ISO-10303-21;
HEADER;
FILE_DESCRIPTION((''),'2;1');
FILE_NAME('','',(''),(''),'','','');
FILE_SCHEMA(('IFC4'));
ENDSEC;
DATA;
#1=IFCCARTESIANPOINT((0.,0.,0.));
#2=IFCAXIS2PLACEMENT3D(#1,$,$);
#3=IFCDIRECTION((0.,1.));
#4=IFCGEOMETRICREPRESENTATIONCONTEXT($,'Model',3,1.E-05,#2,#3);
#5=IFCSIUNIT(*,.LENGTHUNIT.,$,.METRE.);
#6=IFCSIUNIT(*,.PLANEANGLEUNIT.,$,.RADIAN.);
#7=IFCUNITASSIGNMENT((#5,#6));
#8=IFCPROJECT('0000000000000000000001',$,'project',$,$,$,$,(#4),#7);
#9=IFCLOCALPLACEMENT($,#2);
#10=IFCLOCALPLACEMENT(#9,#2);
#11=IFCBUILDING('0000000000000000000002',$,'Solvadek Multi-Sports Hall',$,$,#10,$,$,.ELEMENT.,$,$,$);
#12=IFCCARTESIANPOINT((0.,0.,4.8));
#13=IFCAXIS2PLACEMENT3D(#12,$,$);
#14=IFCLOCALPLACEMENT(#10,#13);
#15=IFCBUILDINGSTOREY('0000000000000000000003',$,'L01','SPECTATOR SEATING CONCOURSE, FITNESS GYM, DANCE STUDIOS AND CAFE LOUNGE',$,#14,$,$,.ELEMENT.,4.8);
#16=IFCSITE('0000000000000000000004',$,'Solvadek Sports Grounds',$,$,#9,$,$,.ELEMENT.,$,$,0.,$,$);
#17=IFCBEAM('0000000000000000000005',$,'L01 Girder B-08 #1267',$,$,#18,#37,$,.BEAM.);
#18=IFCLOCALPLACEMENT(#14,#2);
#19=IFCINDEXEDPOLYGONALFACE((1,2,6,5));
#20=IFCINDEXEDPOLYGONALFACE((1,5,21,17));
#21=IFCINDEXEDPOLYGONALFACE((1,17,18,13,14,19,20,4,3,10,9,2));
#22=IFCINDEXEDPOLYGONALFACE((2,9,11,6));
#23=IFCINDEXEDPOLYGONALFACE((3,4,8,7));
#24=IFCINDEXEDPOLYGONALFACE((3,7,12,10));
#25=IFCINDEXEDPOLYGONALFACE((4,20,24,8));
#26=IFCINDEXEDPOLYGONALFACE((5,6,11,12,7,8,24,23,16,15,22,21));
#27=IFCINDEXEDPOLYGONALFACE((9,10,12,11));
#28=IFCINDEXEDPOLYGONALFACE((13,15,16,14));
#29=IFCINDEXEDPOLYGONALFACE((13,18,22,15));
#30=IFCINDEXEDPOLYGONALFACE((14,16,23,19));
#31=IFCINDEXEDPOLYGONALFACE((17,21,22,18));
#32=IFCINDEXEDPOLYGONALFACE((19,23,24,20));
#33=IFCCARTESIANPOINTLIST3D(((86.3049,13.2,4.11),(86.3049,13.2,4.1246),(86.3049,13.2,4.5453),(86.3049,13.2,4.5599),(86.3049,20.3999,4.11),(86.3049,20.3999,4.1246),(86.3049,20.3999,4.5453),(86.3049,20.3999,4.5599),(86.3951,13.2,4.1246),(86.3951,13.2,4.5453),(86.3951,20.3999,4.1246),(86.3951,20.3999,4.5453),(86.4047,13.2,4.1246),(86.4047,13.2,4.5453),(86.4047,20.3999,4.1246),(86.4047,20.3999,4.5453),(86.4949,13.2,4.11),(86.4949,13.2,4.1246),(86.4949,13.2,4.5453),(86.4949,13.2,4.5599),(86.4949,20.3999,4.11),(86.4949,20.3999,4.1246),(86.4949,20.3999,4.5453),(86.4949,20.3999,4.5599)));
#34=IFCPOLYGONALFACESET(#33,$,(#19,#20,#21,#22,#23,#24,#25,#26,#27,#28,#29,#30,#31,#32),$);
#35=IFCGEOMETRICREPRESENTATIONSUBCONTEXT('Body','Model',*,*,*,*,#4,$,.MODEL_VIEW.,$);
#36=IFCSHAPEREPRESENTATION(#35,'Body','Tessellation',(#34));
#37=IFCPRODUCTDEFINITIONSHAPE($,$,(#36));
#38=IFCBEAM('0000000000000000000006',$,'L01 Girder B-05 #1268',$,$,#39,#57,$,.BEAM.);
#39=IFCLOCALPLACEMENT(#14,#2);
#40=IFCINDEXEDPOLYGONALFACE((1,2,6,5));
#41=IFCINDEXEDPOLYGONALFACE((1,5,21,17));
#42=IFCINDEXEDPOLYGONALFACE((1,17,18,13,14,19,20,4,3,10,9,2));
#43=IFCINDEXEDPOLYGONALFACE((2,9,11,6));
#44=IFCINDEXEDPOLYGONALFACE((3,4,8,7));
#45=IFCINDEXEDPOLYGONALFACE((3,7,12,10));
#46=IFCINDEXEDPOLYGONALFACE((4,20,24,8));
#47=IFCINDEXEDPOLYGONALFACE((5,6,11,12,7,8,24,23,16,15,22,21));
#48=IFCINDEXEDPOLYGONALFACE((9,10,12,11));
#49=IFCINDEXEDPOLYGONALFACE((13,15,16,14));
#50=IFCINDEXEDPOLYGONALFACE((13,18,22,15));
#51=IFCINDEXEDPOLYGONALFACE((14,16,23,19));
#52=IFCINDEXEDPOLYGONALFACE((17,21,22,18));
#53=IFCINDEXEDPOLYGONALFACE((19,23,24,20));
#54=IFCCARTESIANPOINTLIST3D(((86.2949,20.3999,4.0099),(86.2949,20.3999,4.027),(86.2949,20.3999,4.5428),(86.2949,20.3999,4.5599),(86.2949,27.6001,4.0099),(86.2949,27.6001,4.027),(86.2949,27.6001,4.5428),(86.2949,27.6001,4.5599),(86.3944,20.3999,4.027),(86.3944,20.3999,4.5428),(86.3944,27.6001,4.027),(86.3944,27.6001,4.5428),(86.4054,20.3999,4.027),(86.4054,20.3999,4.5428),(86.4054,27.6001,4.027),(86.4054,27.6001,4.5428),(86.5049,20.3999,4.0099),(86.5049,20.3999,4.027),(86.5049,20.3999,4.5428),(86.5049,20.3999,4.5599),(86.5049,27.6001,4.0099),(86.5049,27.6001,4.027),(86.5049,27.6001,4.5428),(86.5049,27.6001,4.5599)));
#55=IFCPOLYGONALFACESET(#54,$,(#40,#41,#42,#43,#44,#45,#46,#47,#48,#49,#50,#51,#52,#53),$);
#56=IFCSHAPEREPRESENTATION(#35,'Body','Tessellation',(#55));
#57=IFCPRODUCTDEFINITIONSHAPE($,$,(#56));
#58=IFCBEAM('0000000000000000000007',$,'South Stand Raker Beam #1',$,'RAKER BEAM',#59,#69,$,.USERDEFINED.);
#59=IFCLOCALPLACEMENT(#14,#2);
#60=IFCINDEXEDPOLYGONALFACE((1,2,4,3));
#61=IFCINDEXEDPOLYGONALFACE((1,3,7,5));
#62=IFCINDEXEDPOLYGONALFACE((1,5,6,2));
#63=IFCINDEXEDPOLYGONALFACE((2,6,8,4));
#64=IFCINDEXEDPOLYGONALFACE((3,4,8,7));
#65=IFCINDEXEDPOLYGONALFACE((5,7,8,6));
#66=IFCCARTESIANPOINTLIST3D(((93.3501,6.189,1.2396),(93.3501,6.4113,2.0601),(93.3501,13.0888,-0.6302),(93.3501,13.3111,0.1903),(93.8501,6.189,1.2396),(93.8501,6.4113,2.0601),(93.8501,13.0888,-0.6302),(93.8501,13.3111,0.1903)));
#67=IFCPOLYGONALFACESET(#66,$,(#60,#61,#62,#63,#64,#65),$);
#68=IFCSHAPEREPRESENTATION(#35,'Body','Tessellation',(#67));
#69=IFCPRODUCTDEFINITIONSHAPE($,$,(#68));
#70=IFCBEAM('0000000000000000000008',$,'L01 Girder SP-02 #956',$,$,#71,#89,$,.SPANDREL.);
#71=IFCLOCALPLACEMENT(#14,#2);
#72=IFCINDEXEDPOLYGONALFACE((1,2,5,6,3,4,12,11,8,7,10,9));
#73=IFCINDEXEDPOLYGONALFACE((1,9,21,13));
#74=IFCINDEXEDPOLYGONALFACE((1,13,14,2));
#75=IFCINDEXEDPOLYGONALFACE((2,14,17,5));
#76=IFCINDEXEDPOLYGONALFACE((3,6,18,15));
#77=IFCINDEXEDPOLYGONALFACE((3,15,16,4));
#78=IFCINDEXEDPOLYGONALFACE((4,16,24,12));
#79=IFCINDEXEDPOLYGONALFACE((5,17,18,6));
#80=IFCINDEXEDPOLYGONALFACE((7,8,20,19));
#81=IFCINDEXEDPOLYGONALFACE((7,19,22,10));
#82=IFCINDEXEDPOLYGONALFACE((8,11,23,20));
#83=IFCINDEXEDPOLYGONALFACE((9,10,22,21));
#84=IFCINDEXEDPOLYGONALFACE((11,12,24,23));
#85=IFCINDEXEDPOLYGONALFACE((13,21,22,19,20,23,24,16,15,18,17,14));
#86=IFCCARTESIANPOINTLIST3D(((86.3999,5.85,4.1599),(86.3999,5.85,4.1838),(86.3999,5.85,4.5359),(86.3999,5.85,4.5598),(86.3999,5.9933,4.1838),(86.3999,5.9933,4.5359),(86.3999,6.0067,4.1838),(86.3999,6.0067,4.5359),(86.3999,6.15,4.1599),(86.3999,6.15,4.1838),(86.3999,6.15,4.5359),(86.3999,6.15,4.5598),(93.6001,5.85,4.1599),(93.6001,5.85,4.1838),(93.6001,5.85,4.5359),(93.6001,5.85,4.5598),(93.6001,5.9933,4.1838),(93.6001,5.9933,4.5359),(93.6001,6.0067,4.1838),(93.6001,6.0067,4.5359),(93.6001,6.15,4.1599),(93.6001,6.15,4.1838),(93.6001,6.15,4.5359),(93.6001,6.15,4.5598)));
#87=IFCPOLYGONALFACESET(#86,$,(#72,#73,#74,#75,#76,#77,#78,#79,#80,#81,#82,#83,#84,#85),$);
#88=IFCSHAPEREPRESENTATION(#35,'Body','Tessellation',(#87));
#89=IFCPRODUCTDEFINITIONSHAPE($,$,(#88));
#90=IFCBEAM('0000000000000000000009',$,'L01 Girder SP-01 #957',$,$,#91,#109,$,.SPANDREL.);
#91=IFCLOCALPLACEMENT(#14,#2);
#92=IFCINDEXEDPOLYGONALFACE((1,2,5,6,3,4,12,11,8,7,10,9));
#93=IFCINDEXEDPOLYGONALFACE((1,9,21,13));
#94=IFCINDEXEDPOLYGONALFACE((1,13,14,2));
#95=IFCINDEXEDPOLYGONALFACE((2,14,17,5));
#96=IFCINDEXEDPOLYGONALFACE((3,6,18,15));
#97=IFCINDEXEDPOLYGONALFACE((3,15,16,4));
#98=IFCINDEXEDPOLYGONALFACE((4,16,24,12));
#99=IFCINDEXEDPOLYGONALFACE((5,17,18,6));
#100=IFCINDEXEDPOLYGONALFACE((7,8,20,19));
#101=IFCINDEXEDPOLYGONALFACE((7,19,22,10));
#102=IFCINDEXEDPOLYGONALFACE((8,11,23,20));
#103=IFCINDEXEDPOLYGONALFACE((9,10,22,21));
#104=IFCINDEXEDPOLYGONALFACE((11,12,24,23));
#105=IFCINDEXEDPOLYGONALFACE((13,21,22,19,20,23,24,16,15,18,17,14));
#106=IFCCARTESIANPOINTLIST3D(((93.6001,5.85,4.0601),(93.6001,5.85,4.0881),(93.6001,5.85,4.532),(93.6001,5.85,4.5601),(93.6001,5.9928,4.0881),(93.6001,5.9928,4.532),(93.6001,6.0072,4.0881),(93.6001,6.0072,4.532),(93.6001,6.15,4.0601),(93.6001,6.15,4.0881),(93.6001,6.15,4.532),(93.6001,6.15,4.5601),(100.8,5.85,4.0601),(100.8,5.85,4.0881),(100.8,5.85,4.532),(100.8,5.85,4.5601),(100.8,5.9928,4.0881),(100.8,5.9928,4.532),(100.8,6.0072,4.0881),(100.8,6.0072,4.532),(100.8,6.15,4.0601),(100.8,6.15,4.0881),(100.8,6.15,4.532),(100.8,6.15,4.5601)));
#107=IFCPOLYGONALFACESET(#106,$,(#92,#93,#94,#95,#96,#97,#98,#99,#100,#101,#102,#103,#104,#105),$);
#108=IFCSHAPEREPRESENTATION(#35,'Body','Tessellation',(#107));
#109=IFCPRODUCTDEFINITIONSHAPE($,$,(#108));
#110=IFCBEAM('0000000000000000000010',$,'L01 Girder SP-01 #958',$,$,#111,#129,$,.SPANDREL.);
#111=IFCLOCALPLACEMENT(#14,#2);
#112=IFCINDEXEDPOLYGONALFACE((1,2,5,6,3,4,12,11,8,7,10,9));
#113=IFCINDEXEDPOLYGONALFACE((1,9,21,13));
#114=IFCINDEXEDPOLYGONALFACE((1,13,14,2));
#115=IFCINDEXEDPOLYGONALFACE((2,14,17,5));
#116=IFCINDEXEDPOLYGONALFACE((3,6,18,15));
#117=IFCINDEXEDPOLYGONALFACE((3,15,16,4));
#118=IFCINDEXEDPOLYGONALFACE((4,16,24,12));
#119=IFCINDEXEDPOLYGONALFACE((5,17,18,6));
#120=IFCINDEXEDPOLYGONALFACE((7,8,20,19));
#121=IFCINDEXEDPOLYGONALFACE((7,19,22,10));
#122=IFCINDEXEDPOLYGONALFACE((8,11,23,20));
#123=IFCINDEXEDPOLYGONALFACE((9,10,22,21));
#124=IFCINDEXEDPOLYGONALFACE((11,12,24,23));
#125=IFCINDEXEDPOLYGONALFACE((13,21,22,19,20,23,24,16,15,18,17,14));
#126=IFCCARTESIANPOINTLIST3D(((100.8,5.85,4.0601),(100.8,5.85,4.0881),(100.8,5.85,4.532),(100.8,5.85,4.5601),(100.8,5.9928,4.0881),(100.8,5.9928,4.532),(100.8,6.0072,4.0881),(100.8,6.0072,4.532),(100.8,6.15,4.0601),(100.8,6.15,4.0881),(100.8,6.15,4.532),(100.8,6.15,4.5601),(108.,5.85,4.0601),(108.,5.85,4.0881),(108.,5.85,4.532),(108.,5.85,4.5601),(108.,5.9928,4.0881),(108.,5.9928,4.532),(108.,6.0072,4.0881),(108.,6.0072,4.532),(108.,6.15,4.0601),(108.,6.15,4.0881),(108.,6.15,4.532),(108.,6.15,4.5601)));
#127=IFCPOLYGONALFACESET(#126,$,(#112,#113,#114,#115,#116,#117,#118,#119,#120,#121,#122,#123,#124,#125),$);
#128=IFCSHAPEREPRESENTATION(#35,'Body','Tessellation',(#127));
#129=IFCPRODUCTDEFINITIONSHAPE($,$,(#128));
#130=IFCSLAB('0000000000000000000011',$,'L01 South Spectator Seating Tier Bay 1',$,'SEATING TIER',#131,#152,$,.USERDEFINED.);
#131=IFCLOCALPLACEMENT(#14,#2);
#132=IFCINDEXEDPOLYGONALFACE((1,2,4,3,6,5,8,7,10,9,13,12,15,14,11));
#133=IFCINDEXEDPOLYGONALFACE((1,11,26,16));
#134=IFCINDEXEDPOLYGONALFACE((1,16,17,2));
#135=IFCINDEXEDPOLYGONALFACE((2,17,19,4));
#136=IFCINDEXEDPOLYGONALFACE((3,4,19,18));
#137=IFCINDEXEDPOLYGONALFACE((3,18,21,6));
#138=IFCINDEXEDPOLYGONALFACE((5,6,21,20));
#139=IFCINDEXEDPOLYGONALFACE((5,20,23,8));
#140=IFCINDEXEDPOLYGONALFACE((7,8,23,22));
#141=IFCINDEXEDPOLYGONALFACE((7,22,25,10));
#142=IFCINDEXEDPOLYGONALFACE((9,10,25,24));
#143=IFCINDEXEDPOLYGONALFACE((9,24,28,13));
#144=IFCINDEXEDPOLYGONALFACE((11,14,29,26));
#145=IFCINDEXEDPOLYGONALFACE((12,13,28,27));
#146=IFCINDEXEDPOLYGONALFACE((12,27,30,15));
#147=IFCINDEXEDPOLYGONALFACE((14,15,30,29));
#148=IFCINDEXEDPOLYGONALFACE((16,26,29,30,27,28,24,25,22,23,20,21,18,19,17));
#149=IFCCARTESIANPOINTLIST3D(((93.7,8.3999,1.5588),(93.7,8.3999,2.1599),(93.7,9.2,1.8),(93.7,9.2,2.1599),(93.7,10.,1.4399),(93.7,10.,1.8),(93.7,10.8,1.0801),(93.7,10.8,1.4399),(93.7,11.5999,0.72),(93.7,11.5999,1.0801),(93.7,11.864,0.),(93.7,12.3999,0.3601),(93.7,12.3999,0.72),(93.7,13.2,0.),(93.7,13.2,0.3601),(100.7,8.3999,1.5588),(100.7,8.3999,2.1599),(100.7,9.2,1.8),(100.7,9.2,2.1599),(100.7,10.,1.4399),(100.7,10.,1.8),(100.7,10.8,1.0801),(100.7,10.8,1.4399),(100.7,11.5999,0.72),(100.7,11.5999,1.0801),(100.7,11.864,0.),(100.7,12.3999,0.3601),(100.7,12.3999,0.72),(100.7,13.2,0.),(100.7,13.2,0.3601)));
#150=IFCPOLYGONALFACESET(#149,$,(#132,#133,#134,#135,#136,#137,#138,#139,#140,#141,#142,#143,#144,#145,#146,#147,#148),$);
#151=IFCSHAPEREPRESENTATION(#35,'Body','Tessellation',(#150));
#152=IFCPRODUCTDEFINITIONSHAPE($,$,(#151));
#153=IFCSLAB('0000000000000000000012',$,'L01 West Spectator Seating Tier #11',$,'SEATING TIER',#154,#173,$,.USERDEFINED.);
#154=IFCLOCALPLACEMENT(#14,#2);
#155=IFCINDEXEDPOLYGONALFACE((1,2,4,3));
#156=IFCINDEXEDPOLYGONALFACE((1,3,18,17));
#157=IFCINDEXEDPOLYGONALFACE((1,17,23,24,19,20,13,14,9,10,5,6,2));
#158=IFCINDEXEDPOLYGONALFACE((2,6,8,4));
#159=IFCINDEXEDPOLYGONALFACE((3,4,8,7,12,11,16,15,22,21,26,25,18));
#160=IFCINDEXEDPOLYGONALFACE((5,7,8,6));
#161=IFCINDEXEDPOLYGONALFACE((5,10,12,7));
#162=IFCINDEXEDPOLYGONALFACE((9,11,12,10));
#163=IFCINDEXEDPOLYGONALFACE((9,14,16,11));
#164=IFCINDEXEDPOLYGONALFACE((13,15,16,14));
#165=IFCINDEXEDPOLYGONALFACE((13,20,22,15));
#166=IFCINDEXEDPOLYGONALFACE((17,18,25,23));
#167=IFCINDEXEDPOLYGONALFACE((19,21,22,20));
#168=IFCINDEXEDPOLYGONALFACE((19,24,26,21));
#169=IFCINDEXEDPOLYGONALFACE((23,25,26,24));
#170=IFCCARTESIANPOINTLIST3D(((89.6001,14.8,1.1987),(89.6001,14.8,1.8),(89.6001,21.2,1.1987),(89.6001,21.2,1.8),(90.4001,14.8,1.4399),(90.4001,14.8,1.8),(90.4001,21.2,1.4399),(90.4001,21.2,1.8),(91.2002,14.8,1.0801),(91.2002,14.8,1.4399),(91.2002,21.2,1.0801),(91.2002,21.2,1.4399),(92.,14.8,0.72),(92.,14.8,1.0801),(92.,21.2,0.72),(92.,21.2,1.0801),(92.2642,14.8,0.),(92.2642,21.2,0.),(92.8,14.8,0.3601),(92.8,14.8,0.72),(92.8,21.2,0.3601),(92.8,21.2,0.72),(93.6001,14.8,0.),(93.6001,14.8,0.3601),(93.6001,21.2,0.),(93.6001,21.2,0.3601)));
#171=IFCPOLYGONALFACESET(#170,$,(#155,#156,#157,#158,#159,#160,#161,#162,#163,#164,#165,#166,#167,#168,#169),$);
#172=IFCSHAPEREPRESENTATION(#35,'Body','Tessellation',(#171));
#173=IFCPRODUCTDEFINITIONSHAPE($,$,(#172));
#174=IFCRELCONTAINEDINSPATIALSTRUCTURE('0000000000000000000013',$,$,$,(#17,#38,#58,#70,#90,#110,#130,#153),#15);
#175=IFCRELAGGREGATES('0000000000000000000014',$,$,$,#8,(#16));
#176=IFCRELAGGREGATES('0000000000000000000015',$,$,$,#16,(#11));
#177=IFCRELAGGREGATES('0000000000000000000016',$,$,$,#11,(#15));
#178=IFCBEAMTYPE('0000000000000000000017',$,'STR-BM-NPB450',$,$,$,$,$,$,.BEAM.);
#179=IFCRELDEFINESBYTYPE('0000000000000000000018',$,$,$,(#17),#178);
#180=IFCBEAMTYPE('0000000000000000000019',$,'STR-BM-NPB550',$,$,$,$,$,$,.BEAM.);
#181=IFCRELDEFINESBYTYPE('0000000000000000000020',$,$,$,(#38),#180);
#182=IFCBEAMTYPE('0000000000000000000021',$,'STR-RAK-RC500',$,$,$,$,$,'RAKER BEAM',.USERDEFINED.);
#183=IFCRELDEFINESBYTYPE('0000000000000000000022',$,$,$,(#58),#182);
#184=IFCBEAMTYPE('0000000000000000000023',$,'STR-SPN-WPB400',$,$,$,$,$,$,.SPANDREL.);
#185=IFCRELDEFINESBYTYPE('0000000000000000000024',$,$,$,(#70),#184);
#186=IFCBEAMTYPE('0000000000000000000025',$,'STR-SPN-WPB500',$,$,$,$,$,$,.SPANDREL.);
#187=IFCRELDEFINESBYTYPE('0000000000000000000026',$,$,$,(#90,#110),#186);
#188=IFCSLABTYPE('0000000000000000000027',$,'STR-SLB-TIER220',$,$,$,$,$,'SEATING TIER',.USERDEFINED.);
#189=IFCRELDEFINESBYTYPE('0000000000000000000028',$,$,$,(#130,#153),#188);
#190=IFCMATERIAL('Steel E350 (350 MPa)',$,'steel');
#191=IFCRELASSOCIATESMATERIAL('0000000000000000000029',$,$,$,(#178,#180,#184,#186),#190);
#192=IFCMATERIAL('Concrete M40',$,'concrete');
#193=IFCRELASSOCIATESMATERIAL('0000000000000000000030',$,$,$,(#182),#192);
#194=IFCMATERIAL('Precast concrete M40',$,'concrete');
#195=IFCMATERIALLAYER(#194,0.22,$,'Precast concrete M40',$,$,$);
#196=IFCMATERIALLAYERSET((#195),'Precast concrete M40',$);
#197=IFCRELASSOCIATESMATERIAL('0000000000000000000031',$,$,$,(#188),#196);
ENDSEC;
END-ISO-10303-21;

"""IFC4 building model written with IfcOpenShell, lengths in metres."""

from ifc_helpers import new_model, si_unit, direction, frame, origin, origin_2d, place, context, subcontext, project, spatial, polyline, rectangle, i_section, outline, extrude, material, layer, layer_set, material_profile, profile_set, type_object, element, save


model = new_model("IFC4")

# Units and contexts
model_context = context("Model", 3, precision=1e-05, world=origin(), true_north=direction((0.0, 1.0)))
body_context = subcontext(model_context, "Body", "Model", "MODEL_VIEW")
ifc_project = project(units=[si_unit("LENGTHUNIT", "METRE"), si_unit("PLANEANGLEUNIT", "RADIAN")], contexts=[model_context])

# Site, building, storey
site_placement = place(None, origin())
site = spatial("IfcSite", under=ifc_project, at=site_placement, Name="Solvadek Sports Grounds", CompositionType="ELEMENT", RefElevation=0.0)
building_placement = place(site_placement, origin())
building = spatial("IfcBuilding", under=site, at=building_placement, Name="Solvadek Multi-Sports Hall", CompositionType="ELEMENT")
storey_placement = place(building_placement, frame((0.0, 0.0, 4.8)))
storey = spatial("IfcBuildingStorey", under=building, at=storey_placement, Name="L01", Description="SPECTATOR SEATING CONCOURSE, FITNESS GYM, DANCE STUDIOS AND CAFE LOUNGE", CompositionType="ELEMENT", Elevation=4.8)

# Shared definitions
ifc_material_1 = material(Name="Steel E350 (350 MPa)", Category="steel")

# Beams
ifc_material_profile_1 = material_profile(ifc_material_1, i_section(OverallWidth=0.1899, OverallDepth=0.45, WebThickness=0.0095, FlangeThickness=0.0146, at=origin_2d()), Name="NPB 450")
ifc_profile_set_1 = profile_set([ifc_material_profile_1], Name="Steel E350 (350 MPa)")
beam_type_1 = type_object("IfcBeamType", Name="STR-BM-NPB450", PredefinedType="BEAM", material=ifc_profile_set_1)
for number, where, z_axis, x_axis, name in (
    (1, (86.3999, 13.2, 4.335), (0.0, 1.0, 0.0), (-1.0, 0.0, 0.0), "L01 Girder B-08 #1267"),
):
    element("IfcBeam", number, at=place(storey_placement, frame(where, z_axis=z_axis, x_axis=x_axis)), inside=storey, type_object=beam_type_1, Name=name, PredefinedType="BEAM", context=body_context, shape_type="SweptSolid", body=[
        extrude(i_section(OverallWidth=0.1899, OverallDepth=0.45, WebThickness=0.0095, FlangeThickness=0.0146, at=origin_2d()), origin(), (0.0, 0.0, 1.0), 7.2),
    ])
ifc_material_profile_2 = material_profile(ifc_material_1, i_section(OverallWidth=0.21, OverallDepth=0.55, WebThickness=0.011, FlangeThickness=0.0171, at=origin_2d()), Name="NPB 550")
ifc_profile_set_2 = profile_set([ifc_material_profile_2], Name="Steel E350 (350 MPa)")
beam_type_2 = type_object("IfcBeamType", Name="STR-BM-NPB550", PredefinedType="BEAM", material=ifc_profile_set_2)
beam_1_placement = place(storey_placement, frame((86.3999, 20.3999, 4.2849), z_axis=(0.0, 1.0, 0.0), x_axis=(-1.0, 0.0, 0.0)))
element("IfcBeam", 2, at=beam_1_placement, inside=storey, type_object=beam_type_2, Name="L01 Girder B-05 #1268", PredefinedType="BEAM", context=body_context, shape_type="SweptSolid", body=[
    extrude(i_section(OverallWidth=0.21, OverallDepth=0.55, WebThickness=0.011, FlangeThickness=0.0171, at=origin_2d()), origin(), (0.0, 0.0, 1.0), 7.2002),
])
ifc_material_2 = material(Name="Concrete M40", Category="concrete")
ifc_material_profile_3 = material_profile(ifc_material_2, rectangle(XDim=0.5, YDim=0.8501, at=origin_2d()), Name="RC RAKER 500x850")
ifc_profile_set_3 = profile_set([ifc_material_profile_3], Name="Concrete M40")
beam_type_3 = type_object("IfcBeamType", Name="STR-RAK-RC500", ElementType="RAKER BEAM", PredefinedType="USERDEFINED", material=ifc_profile_set_3)
beam_2_placement = place(storey_placement, frame((93.6001, 13.2, -0.22), z_axis=(0.0, -0.965186, 0.261565), x_axis=(1.0, 0.0, 0.0)))
element("IfcBeam", 3, at=beam_2_placement, inside=storey, type_object=beam_type_3, Name="South Stand Raker Beam #1", ObjectType="RAKER BEAM", PredefinedType="USERDEFINED", context=body_context, shape_type="SweptSolid", body=[
    extrude(rectangle(XDim=0.5, YDim=0.8501, at=origin_2d()), origin(), (0.0, 0.0, 1.0), 7.1487),
])
ifc_material_profile_4 = material_profile(ifc_material_1, i_section(OverallWidth=0.3, OverallDepth=0.3999, WebThickness=0.0134, FlangeThickness=0.0239, at=origin_2d()), Name="WPB 400")
ifc_profile_set_4 = profile_set([ifc_material_profile_4], Name="Steel E350 (350 MPa)")
beam_type_4 = type_object("IfcBeamType", Name="STR-SPN-WPB400", PredefinedType="SPANDREL", material=ifc_profile_set_4)
beam_3_placement = place(storey_placement, frame((86.3999, 6.0, 4.3599), z_axis=(1.0, 0.0, 0.0), x_axis=(0.0, 1.0, 0.0)))
element("IfcBeam", 4, at=beam_3_placement, inside=storey, type_object=beam_type_4, Name="L01 Girder SP-02 #956", PredefinedType="SPANDREL", context=body_context, shape_type="SweptSolid", body=[
    extrude(i_section(OverallWidth=0.3, OverallDepth=0.3999, WebThickness=0.0134, FlangeThickness=0.0239, at=origin_2d()), origin(), (0.0, 0.0, 1.0), 7.2002),
])
ifc_material_profile_5 = material_profile(ifc_material_1, i_section(OverallWidth=0.3, OverallDepth=0.5, WebThickness=0.0144, FlangeThickness=0.0281, at=origin_2d()), Name="WPB 500")
ifc_profile_set_5 = profile_set([ifc_material_profile_5], Name="Steel E350 (350 MPa)")
beam_type_5 = type_object("IfcBeamType", Name="STR-SPN-WPB500", PredefinedType="SPANDREL", material=ifc_profile_set_5)
for number, where, z_axis, x_axis, name in (
    (5, (93.6001, 6.0, 4.3101), (1.0, 0.0, 0.0), (0.0, 1.0, 0.0), "L01 Girder SP-01 #957"),
    (6, (100.8, 6.0, 4.3101), (1.0, 0.0, 0.0), (0.0, 1.0, 0.0), "L01 Girder SP-01 #958"),
):
    element("IfcBeam", number, at=place(storey_placement, frame(where, z_axis=z_axis, x_axis=x_axis)), inside=storey, type_object=beam_type_5, Name=name, PredefinedType="SPANDREL", context=body_context, shape_type="SweptSolid", body=[
        extrude(i_section(OverallWidth=0.3, OverallDepth=0.5, WebThickness=0.0144, FlangeThickness=0.0281, at=origin_2d()), origin(), (0.0, 0.0, 1.0), 7.2),
    ])

# Slabs
ifc_material_3 = material(Name="Precast concrete M40", Category="concrete")
ifc_layer_1 = layer(ifc_material_3, 0.22, Name="Precast concrete M40")
ifc_layer_set_1 = layer_set([ifc_layer_1], Name="Precast concrete M40")
slab_type = type_object("IfcSlabType", Name="STR-SLB-TIER220", ElementType="SEATING TIER", PredefinedType="USERDEFINED", material=ifc_layer_set_1)
slab_1_placement = place(storey_placement, frame((97.2, 13.2, 0.0), z_axis=(0.0, 0.0, 1.0), x_axis=(0.0, -1.0, 0.0)))
element("IfcSlab", 7, at=slab_1_placement, inside=storey, type_object=slab_type, Name="L01 South Spectator Seating Tier Bay 1", ObjectType="SEATING TIER", PredefinedType="USERDEFINED", context=body_context, shape_type="SweptSolid", body=[
    extrude(outline(polyline([(0.0, 0.0), (0.0, 0.3601), (0.8, 0.3601), (0.8, 0.72), (1.6001, 0.72), (1.6001, 1.0801), (2.3999, 1.0801), (2.3999, 1.4399), (3.2, 1.4399), (3.2, 1.8), (4.0, 1.8), (4.0, 2.1599), (4.8, 2.1599), (4.8, 1.5588), (1.3359, 0.0), (0.0, 0.0)])), frame((0.0, 3.5, 0.0), z_axis=(0.0, -1.0, 0.0), x_axis=(1.0, 0.0, 0.0)), (0.0, 0.0, 1.0), 7.0),
])
slab_2_placement = place(storey_placement, frame((93.6001, 18.0, 0.0), z_axis=(0.0, 0.0, 1.0), x_axis=(-1.0, 0.0, 0.0)))
element("IfcSlab", 8, at=slab_2_placement, inside=storey, type_object=slab_type, Name="L01 West Spectator Seating Tier #11", ObjectType="SEATING TIER", PredefinedType="USERDEFINED", context=body_context, shape_type="SweptSolid", body=[
    extrude(outline(polyline([(0.0, 0.0), (0.0, 0.3601), (0.8, 0.3601), (0.8, 0.72), (1.6001, 0.72), (1.6001, 1.0801), (2.3999, 1.0801), (2.3999, 1.4399), (3.2, 1.4399), (3.2, 1.8), (4.0, 1.8), (4.0, 1.1987), (1.3359, 0.0), (0.0, 0.0)])), frame((0.0, 3.2, 0.0), z_axis=(0.0, -1.0, 0.0), x_axis=(1.0, 0.0, 0.0)), (0.0, 0.0, 1.0), 6.3999),
])

save(model, "model.ifc")
